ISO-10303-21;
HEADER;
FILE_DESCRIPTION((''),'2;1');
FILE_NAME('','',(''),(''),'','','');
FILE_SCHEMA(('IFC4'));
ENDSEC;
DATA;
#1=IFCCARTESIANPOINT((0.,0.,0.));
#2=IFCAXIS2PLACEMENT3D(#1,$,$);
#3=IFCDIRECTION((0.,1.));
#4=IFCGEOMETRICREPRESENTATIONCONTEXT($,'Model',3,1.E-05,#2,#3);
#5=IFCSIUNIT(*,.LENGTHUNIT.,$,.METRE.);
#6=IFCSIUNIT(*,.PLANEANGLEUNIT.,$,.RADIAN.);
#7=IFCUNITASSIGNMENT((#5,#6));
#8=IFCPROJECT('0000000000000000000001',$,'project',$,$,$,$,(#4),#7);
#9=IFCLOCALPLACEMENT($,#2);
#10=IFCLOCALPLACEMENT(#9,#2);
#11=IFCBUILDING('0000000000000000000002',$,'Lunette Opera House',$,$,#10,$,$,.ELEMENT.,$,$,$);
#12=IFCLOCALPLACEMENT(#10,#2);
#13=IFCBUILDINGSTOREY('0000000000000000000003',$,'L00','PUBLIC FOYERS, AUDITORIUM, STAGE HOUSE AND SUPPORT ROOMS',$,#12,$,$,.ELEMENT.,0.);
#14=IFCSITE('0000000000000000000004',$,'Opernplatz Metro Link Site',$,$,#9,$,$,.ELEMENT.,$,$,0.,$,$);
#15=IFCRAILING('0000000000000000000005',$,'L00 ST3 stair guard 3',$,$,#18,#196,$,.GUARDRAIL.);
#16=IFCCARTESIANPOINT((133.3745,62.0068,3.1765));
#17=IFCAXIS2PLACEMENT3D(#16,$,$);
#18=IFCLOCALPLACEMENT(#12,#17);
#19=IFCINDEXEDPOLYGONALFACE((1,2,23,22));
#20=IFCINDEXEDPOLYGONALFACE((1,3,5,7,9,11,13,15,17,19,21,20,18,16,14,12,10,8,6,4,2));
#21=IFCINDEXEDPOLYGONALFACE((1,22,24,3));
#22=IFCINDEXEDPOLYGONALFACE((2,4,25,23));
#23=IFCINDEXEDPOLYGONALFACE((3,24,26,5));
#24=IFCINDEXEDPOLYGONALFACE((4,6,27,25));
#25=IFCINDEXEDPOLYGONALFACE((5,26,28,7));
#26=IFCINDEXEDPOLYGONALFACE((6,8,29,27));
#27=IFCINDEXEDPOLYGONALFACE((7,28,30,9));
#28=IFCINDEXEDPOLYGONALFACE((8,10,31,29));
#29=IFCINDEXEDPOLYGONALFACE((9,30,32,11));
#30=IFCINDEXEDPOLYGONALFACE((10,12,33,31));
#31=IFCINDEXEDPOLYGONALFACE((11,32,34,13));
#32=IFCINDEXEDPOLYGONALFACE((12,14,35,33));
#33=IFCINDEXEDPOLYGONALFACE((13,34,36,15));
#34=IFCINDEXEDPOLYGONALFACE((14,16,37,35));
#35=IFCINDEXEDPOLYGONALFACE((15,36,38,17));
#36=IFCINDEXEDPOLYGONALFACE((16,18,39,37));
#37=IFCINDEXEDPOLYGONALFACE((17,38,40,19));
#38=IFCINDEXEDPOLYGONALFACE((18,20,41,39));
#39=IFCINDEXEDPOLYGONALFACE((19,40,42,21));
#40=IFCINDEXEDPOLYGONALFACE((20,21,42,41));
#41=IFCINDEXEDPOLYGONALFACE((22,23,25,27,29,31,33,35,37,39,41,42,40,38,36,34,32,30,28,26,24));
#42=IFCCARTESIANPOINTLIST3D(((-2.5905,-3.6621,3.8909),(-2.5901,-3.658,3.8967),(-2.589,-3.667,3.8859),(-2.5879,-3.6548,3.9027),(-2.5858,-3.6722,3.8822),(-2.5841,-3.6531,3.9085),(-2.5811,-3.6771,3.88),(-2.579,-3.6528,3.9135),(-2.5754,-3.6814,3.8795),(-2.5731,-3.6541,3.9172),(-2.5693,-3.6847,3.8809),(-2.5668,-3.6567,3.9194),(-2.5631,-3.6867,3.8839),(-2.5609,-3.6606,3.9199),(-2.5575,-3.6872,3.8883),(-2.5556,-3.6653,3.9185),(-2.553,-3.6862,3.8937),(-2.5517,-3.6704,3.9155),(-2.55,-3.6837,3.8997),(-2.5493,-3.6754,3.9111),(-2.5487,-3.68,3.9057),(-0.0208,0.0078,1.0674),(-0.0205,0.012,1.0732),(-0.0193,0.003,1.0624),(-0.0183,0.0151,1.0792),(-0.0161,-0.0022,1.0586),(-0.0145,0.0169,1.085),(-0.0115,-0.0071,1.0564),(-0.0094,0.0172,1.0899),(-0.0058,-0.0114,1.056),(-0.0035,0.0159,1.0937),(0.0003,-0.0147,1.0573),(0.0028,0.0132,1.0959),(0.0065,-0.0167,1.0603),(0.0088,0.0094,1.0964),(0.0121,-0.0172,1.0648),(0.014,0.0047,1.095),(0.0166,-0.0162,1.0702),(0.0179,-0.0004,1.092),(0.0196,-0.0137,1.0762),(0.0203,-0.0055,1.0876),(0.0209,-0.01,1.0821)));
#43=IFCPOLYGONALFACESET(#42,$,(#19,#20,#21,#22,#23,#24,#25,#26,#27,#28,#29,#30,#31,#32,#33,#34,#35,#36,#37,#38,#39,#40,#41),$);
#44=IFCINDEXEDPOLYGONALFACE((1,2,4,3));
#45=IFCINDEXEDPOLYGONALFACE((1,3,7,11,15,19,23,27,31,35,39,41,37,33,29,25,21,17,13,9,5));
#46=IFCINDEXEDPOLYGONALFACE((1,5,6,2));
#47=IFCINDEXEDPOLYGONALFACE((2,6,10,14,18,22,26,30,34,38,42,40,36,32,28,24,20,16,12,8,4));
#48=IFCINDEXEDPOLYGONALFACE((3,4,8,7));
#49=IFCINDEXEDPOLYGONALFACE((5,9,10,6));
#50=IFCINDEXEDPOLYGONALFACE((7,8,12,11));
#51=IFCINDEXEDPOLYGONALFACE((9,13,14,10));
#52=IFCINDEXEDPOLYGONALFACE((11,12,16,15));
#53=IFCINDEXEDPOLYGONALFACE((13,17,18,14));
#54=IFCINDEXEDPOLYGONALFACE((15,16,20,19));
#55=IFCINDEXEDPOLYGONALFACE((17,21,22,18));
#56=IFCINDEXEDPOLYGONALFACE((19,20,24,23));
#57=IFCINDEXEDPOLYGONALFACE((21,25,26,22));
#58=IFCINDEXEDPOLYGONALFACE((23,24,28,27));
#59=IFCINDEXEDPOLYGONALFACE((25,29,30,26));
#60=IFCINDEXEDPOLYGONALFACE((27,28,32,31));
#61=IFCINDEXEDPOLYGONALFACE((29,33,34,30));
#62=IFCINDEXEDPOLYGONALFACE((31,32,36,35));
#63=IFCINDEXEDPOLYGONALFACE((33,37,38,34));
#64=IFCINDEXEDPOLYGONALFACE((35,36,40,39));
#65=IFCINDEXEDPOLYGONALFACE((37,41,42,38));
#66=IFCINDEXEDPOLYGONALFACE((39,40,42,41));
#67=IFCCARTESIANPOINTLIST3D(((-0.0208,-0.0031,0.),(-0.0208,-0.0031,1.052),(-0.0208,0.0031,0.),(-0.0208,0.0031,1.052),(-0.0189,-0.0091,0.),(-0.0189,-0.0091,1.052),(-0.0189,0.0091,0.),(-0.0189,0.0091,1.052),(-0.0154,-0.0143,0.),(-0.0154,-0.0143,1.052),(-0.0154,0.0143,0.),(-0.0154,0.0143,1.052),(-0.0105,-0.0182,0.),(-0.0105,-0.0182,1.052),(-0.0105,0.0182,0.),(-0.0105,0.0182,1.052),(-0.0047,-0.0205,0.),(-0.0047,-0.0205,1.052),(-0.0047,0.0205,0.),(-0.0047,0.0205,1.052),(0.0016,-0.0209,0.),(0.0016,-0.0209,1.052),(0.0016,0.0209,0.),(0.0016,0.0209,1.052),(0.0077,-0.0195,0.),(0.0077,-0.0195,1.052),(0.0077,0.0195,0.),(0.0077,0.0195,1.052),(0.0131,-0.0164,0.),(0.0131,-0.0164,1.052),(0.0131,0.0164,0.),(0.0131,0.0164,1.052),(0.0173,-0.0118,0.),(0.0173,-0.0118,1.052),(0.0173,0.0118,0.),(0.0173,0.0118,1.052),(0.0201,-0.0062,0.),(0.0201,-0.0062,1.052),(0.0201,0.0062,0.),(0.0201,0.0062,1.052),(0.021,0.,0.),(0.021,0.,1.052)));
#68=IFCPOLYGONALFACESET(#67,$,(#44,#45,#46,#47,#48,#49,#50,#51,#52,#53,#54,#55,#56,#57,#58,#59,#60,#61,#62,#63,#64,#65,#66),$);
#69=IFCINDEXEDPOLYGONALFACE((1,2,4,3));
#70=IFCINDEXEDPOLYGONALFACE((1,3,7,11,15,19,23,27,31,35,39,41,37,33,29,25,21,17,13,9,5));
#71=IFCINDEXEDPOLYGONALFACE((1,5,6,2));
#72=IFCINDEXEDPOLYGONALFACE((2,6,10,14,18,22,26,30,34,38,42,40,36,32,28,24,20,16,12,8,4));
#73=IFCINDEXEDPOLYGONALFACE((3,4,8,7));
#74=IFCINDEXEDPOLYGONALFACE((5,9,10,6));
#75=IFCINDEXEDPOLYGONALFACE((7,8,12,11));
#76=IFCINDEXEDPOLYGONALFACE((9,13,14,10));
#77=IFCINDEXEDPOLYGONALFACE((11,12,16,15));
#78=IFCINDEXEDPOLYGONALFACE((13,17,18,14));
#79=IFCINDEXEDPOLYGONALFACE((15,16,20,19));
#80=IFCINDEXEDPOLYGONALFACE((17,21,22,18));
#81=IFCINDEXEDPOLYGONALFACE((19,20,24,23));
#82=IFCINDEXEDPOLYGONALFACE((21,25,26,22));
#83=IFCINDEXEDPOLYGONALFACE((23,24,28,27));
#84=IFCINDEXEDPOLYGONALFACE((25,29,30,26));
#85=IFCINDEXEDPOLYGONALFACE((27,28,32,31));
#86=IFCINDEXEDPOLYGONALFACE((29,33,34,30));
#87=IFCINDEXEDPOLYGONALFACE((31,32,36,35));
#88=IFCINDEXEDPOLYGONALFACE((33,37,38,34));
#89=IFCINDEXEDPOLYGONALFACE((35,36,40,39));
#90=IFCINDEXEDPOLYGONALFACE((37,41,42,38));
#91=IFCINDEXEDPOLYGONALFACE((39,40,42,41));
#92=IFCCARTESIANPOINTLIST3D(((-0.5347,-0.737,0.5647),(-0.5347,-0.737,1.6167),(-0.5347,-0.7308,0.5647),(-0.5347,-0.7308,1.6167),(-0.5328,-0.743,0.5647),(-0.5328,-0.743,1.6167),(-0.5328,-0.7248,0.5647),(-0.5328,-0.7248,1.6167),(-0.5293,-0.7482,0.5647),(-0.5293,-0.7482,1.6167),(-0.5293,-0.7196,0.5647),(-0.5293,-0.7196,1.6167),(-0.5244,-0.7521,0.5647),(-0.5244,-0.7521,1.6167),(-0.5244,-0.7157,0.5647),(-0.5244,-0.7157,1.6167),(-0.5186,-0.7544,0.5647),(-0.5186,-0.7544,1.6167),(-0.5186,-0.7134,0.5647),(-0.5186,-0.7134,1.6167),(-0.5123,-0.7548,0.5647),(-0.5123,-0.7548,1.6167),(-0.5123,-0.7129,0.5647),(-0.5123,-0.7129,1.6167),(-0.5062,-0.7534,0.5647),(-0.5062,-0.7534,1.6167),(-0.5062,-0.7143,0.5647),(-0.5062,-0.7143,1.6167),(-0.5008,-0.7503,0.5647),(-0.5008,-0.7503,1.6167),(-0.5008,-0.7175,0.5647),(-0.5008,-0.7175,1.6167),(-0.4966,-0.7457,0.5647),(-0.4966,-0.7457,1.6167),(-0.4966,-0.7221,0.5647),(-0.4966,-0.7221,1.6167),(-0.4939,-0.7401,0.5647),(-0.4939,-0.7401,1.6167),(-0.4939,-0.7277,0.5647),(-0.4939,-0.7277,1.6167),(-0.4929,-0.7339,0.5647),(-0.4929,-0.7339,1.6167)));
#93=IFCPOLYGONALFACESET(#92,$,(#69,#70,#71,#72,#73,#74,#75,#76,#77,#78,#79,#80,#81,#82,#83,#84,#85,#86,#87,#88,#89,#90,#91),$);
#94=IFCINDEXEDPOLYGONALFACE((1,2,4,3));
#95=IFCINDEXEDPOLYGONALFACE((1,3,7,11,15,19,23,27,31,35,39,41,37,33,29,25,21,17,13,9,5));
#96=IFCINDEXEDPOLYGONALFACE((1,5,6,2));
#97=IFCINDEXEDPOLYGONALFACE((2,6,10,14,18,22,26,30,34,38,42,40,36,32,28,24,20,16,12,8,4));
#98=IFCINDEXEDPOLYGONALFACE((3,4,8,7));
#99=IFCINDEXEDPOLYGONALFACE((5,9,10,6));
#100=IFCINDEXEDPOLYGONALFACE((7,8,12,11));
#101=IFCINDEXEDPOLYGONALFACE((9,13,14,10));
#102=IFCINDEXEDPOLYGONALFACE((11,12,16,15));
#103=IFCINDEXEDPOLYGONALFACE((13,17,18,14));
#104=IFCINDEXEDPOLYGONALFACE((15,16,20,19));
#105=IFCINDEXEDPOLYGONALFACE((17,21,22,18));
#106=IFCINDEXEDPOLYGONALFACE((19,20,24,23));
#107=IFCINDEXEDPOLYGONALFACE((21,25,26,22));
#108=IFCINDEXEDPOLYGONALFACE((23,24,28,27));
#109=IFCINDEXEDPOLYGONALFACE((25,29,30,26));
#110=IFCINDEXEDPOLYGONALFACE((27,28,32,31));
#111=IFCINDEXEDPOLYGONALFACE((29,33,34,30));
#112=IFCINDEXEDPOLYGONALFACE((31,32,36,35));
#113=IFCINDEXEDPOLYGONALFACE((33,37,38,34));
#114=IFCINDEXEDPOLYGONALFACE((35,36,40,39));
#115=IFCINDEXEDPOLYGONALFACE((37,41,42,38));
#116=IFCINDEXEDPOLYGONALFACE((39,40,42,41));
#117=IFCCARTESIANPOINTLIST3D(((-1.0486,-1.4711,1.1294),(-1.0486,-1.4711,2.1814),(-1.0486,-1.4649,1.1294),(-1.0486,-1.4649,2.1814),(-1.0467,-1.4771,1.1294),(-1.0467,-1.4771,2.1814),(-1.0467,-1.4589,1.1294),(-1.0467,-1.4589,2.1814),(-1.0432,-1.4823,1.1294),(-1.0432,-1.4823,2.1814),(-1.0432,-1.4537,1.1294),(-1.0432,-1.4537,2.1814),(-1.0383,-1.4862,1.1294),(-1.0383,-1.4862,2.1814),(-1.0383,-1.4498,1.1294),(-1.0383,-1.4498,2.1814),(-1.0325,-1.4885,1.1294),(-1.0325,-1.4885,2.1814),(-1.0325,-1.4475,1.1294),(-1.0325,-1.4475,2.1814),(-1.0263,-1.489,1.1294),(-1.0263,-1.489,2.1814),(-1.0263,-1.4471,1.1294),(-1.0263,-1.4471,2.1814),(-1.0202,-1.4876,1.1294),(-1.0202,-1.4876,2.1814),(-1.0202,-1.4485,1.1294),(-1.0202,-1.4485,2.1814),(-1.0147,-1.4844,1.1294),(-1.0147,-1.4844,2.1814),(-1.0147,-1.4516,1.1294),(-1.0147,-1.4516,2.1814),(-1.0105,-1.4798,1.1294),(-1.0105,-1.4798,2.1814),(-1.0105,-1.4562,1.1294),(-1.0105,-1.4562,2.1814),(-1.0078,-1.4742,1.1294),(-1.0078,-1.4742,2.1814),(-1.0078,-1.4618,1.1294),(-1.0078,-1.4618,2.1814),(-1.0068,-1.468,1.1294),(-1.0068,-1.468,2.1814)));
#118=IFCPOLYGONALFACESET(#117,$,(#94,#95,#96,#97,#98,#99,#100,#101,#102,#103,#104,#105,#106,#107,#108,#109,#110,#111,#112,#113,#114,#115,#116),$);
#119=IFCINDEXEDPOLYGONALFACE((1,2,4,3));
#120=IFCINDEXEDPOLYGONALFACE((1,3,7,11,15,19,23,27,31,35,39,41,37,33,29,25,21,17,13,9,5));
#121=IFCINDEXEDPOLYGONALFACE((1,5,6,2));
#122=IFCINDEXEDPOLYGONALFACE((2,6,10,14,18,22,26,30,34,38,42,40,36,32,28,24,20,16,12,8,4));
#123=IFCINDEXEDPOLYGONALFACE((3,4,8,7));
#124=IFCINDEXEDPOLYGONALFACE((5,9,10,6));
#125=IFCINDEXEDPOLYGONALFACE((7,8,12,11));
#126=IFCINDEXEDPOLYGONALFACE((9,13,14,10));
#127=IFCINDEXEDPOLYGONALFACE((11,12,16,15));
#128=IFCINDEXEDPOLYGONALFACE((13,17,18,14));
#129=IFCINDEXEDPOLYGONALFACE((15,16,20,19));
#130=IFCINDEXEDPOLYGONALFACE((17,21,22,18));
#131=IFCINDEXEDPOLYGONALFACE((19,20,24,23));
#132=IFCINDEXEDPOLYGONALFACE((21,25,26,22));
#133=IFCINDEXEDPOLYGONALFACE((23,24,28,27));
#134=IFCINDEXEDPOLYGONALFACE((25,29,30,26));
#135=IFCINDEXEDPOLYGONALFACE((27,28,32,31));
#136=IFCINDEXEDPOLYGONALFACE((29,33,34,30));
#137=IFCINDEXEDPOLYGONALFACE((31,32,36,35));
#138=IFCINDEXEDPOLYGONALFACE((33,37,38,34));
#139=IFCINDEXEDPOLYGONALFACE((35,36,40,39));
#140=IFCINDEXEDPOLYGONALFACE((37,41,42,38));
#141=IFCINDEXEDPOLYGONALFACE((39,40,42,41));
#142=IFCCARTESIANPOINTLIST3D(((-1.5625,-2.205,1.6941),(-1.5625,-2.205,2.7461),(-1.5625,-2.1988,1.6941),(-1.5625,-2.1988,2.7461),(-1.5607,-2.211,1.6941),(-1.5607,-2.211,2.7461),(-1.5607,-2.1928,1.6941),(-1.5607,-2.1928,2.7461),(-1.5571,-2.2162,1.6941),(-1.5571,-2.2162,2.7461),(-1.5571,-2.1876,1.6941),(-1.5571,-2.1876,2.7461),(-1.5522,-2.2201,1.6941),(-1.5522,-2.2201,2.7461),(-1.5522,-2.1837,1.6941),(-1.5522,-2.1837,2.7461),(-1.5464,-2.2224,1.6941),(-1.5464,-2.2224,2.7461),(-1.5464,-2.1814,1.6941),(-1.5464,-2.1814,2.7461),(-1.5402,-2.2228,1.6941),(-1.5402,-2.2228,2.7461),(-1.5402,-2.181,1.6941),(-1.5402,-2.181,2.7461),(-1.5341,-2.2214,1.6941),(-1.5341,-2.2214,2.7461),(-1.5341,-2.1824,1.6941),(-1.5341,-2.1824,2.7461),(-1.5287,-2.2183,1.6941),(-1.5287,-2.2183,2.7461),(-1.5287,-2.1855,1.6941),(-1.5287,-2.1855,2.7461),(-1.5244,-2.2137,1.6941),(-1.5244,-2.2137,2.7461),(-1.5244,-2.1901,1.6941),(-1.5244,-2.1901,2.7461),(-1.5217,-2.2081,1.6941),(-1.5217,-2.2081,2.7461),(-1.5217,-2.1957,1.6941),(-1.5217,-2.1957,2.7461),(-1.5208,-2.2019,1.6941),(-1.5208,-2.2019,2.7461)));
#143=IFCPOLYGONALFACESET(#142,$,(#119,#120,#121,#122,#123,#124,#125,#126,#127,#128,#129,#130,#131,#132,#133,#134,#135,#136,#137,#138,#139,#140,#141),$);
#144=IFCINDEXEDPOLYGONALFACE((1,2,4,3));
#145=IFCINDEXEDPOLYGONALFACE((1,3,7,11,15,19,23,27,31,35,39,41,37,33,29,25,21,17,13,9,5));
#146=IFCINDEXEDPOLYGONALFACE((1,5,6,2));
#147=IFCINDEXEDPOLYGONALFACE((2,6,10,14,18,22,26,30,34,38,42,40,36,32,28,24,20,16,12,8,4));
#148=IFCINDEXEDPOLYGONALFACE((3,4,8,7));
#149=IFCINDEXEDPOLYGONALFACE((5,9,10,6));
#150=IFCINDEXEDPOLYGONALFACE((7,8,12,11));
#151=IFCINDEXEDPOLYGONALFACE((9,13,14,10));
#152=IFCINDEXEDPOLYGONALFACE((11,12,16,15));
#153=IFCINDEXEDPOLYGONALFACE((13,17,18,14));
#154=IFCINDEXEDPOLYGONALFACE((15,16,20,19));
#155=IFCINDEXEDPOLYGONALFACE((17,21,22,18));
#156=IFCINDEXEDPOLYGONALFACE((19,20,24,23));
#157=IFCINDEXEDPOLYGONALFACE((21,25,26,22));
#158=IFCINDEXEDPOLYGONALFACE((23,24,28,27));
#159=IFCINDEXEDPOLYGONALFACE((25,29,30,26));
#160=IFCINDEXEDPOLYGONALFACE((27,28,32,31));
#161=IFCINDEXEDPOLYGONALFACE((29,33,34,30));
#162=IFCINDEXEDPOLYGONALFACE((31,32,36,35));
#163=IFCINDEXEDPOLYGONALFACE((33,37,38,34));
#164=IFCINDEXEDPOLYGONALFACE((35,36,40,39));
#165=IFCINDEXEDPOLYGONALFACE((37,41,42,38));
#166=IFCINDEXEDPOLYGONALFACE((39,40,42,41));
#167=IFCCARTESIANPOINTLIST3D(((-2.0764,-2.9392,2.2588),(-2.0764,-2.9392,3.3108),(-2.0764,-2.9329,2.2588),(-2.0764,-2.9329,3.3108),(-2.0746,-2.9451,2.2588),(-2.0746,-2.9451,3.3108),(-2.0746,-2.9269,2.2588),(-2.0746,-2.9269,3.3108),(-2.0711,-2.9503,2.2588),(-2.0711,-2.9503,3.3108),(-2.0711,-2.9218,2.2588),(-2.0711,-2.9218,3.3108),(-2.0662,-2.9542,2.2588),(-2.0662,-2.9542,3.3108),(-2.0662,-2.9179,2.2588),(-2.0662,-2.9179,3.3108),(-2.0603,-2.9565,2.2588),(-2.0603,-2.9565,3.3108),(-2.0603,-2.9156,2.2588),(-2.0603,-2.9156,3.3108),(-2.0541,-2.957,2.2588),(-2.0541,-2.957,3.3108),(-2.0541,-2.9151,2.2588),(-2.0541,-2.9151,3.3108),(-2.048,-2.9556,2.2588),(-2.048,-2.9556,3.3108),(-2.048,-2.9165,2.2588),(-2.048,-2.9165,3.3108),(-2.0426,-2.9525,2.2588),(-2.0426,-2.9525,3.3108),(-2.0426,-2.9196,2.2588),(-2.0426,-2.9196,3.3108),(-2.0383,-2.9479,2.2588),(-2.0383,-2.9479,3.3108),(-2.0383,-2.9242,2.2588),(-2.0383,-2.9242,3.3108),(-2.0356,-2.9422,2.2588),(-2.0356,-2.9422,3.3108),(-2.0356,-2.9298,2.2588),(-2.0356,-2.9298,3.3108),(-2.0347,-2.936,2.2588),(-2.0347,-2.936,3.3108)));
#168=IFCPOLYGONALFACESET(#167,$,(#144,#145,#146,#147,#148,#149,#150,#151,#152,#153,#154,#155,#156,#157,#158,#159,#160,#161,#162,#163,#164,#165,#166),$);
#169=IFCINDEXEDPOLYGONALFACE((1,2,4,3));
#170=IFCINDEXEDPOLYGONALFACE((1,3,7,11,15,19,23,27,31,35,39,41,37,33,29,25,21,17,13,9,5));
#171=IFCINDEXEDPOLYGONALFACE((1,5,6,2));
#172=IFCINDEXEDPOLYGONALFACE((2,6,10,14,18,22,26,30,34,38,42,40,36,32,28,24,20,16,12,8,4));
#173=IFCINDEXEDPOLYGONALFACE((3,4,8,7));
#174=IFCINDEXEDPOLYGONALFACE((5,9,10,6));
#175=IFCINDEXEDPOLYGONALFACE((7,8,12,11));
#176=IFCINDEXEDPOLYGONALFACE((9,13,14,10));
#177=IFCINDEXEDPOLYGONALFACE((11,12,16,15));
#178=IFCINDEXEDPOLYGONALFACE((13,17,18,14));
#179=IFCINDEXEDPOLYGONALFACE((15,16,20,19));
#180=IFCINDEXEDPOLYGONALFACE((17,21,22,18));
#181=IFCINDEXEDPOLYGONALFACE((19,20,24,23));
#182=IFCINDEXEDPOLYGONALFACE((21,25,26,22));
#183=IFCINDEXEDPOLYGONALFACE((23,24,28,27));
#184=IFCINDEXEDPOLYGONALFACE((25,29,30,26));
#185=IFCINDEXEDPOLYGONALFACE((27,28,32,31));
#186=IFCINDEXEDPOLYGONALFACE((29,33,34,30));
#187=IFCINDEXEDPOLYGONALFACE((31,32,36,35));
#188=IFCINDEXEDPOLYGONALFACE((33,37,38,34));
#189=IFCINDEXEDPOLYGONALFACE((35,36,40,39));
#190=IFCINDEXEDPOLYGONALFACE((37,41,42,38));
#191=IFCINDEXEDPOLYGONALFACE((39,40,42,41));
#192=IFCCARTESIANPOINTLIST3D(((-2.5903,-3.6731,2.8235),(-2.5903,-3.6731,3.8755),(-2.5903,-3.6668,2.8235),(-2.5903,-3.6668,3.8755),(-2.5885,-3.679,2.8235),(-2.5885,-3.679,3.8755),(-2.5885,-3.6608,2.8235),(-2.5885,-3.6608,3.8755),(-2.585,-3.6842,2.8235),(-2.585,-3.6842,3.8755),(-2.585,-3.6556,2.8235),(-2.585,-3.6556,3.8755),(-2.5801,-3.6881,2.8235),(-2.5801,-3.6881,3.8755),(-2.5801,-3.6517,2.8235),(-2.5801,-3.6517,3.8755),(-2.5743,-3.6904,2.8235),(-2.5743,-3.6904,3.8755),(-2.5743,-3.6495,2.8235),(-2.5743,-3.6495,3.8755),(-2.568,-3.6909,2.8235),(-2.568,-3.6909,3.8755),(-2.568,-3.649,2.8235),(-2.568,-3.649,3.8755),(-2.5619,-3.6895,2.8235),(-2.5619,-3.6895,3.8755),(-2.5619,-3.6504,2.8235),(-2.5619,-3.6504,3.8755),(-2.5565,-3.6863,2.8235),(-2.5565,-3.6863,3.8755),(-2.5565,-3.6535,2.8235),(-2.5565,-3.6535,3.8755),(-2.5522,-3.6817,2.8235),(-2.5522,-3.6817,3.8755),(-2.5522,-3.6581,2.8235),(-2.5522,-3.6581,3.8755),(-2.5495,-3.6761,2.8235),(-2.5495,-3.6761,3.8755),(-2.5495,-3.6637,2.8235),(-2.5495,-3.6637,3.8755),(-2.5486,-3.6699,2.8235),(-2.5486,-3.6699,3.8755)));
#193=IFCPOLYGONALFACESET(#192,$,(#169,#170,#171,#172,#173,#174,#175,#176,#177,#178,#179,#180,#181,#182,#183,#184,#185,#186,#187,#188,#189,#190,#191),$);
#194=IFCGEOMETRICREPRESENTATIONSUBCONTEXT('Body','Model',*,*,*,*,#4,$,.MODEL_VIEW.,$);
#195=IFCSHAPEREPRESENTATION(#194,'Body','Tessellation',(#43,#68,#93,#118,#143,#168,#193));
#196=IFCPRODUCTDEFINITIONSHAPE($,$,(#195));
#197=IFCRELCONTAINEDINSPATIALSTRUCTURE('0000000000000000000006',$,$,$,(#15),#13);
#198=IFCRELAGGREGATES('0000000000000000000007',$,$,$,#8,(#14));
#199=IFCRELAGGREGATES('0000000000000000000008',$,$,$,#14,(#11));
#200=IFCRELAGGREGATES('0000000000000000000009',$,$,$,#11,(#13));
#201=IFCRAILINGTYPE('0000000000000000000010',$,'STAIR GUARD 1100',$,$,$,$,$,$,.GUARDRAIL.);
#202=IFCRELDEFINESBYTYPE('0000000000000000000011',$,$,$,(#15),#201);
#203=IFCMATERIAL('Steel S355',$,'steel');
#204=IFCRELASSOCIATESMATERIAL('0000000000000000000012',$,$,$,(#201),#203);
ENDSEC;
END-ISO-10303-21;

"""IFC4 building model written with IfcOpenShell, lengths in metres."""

from ifc_helpers import new_model, si_unit, direction, frame, origin, origin_2d, place, context, subcontext, project, spatial, circle, extrude, material, type_object, element, save


model = new_model("IFC4")

# Units and contexts
model_context = context("Model", 3, precision=1e-05, world=origin(), true_north=direction((0.0, 1.0)))
body_context = subcontext(model_context, "Body", "Model", "MODEL_VIEW")
ifc_project = project(units=[si_unit("LENGTHUNIT", "METRE"), si_unit("PLANEANGLEUNIT", "RADIAN")], contexts=[model_context])

# Site, building, storey
site_placement = place(None, origin())
site = spatial("IfcSite", under=ifc_project, at=site_placement, Name="Opernplatz Metro Link Site", CompositionType="ELEMENT", RefElevation=0.0)
building_placement = place(site_placement, origin())
building = spatial("IfcBuilding", under=site, at=building_placement, Name="Lunette Opera House", CompositionType="ELEMENT")
storey_placement = place(building_placement, origin())
storey = spatial("IfcBuildingStorey", under=building, at=storey_placement, Name="L00", Description="PUBLIC FOYERS, AUDITORIUM, STAGE HOUSE AND SUPPORT ROOMS", CompositionType="ELEMENT", Elevation=0.0)

# Railing
ifc_material_1 = material(Name="Steel S355", Category="steel")
railing_type = type_object("IfcRailingType", Name="STAIR GUARD 1100", PredefinedType="GUARDRAIL", material=ifc_material_1)
railing_1_placement = place(storey_placement, frame((133.3745, 62.0068, 3.1765)))
element("IfcRailing", 1, at=railing_1_placement, inside=storey, type_object=railing_type, Name="L00 ST3 stair guard 3", PredefinedType="GUARDRAIL", context=body_context, shape_type="SweptSolid", body=[
    extrude(circle(Radius=0.0239, at=origin_2d()), frame((0.0, 0.0, 1.0762), z_axis=(-0.485231, -0.693016, 0.533178), x_axis=(0.819165, -0.573557, 0.0)), (0.0, 0.0, 1.0), 5.2957),
    extrude(circle(Radius=0.021, at=origin_2d()), origin(), (0.0, 0.0, 1.0), 1.052),
    extrude(circle(Radius=0.021, at=origin_2d()), frame((-0.5139, -0.7339, 0.5647)), (0.0, 0.0, 1.0), 1.052),
    extrude(circle(Radius=0.021, at=origin_2d()), frame((-1.0278, -1.468, 1.1294)), (0.0, 0.0, 1.0), 1.052),
    extrude(circle(Radius=0.021, at=origin_2d()), frame((-1.5417, -2.2019, 1.6941)), (0.0, 0.0, 1.0), 1.052),
    extrude(circle(Radius=0.021, at=origin_2d()), frame((-2.0557, -2.936, 2.2588)), (0.0, 0.0, 1.0), 1.052),
    extrude(circle(Radius=0.021, at=origin_2d()), frame((-2.5696, -3.6699, 2.8235)), (0.0, 0.0, 1.0), 1.052),
])

save(model, "model.ifc")
